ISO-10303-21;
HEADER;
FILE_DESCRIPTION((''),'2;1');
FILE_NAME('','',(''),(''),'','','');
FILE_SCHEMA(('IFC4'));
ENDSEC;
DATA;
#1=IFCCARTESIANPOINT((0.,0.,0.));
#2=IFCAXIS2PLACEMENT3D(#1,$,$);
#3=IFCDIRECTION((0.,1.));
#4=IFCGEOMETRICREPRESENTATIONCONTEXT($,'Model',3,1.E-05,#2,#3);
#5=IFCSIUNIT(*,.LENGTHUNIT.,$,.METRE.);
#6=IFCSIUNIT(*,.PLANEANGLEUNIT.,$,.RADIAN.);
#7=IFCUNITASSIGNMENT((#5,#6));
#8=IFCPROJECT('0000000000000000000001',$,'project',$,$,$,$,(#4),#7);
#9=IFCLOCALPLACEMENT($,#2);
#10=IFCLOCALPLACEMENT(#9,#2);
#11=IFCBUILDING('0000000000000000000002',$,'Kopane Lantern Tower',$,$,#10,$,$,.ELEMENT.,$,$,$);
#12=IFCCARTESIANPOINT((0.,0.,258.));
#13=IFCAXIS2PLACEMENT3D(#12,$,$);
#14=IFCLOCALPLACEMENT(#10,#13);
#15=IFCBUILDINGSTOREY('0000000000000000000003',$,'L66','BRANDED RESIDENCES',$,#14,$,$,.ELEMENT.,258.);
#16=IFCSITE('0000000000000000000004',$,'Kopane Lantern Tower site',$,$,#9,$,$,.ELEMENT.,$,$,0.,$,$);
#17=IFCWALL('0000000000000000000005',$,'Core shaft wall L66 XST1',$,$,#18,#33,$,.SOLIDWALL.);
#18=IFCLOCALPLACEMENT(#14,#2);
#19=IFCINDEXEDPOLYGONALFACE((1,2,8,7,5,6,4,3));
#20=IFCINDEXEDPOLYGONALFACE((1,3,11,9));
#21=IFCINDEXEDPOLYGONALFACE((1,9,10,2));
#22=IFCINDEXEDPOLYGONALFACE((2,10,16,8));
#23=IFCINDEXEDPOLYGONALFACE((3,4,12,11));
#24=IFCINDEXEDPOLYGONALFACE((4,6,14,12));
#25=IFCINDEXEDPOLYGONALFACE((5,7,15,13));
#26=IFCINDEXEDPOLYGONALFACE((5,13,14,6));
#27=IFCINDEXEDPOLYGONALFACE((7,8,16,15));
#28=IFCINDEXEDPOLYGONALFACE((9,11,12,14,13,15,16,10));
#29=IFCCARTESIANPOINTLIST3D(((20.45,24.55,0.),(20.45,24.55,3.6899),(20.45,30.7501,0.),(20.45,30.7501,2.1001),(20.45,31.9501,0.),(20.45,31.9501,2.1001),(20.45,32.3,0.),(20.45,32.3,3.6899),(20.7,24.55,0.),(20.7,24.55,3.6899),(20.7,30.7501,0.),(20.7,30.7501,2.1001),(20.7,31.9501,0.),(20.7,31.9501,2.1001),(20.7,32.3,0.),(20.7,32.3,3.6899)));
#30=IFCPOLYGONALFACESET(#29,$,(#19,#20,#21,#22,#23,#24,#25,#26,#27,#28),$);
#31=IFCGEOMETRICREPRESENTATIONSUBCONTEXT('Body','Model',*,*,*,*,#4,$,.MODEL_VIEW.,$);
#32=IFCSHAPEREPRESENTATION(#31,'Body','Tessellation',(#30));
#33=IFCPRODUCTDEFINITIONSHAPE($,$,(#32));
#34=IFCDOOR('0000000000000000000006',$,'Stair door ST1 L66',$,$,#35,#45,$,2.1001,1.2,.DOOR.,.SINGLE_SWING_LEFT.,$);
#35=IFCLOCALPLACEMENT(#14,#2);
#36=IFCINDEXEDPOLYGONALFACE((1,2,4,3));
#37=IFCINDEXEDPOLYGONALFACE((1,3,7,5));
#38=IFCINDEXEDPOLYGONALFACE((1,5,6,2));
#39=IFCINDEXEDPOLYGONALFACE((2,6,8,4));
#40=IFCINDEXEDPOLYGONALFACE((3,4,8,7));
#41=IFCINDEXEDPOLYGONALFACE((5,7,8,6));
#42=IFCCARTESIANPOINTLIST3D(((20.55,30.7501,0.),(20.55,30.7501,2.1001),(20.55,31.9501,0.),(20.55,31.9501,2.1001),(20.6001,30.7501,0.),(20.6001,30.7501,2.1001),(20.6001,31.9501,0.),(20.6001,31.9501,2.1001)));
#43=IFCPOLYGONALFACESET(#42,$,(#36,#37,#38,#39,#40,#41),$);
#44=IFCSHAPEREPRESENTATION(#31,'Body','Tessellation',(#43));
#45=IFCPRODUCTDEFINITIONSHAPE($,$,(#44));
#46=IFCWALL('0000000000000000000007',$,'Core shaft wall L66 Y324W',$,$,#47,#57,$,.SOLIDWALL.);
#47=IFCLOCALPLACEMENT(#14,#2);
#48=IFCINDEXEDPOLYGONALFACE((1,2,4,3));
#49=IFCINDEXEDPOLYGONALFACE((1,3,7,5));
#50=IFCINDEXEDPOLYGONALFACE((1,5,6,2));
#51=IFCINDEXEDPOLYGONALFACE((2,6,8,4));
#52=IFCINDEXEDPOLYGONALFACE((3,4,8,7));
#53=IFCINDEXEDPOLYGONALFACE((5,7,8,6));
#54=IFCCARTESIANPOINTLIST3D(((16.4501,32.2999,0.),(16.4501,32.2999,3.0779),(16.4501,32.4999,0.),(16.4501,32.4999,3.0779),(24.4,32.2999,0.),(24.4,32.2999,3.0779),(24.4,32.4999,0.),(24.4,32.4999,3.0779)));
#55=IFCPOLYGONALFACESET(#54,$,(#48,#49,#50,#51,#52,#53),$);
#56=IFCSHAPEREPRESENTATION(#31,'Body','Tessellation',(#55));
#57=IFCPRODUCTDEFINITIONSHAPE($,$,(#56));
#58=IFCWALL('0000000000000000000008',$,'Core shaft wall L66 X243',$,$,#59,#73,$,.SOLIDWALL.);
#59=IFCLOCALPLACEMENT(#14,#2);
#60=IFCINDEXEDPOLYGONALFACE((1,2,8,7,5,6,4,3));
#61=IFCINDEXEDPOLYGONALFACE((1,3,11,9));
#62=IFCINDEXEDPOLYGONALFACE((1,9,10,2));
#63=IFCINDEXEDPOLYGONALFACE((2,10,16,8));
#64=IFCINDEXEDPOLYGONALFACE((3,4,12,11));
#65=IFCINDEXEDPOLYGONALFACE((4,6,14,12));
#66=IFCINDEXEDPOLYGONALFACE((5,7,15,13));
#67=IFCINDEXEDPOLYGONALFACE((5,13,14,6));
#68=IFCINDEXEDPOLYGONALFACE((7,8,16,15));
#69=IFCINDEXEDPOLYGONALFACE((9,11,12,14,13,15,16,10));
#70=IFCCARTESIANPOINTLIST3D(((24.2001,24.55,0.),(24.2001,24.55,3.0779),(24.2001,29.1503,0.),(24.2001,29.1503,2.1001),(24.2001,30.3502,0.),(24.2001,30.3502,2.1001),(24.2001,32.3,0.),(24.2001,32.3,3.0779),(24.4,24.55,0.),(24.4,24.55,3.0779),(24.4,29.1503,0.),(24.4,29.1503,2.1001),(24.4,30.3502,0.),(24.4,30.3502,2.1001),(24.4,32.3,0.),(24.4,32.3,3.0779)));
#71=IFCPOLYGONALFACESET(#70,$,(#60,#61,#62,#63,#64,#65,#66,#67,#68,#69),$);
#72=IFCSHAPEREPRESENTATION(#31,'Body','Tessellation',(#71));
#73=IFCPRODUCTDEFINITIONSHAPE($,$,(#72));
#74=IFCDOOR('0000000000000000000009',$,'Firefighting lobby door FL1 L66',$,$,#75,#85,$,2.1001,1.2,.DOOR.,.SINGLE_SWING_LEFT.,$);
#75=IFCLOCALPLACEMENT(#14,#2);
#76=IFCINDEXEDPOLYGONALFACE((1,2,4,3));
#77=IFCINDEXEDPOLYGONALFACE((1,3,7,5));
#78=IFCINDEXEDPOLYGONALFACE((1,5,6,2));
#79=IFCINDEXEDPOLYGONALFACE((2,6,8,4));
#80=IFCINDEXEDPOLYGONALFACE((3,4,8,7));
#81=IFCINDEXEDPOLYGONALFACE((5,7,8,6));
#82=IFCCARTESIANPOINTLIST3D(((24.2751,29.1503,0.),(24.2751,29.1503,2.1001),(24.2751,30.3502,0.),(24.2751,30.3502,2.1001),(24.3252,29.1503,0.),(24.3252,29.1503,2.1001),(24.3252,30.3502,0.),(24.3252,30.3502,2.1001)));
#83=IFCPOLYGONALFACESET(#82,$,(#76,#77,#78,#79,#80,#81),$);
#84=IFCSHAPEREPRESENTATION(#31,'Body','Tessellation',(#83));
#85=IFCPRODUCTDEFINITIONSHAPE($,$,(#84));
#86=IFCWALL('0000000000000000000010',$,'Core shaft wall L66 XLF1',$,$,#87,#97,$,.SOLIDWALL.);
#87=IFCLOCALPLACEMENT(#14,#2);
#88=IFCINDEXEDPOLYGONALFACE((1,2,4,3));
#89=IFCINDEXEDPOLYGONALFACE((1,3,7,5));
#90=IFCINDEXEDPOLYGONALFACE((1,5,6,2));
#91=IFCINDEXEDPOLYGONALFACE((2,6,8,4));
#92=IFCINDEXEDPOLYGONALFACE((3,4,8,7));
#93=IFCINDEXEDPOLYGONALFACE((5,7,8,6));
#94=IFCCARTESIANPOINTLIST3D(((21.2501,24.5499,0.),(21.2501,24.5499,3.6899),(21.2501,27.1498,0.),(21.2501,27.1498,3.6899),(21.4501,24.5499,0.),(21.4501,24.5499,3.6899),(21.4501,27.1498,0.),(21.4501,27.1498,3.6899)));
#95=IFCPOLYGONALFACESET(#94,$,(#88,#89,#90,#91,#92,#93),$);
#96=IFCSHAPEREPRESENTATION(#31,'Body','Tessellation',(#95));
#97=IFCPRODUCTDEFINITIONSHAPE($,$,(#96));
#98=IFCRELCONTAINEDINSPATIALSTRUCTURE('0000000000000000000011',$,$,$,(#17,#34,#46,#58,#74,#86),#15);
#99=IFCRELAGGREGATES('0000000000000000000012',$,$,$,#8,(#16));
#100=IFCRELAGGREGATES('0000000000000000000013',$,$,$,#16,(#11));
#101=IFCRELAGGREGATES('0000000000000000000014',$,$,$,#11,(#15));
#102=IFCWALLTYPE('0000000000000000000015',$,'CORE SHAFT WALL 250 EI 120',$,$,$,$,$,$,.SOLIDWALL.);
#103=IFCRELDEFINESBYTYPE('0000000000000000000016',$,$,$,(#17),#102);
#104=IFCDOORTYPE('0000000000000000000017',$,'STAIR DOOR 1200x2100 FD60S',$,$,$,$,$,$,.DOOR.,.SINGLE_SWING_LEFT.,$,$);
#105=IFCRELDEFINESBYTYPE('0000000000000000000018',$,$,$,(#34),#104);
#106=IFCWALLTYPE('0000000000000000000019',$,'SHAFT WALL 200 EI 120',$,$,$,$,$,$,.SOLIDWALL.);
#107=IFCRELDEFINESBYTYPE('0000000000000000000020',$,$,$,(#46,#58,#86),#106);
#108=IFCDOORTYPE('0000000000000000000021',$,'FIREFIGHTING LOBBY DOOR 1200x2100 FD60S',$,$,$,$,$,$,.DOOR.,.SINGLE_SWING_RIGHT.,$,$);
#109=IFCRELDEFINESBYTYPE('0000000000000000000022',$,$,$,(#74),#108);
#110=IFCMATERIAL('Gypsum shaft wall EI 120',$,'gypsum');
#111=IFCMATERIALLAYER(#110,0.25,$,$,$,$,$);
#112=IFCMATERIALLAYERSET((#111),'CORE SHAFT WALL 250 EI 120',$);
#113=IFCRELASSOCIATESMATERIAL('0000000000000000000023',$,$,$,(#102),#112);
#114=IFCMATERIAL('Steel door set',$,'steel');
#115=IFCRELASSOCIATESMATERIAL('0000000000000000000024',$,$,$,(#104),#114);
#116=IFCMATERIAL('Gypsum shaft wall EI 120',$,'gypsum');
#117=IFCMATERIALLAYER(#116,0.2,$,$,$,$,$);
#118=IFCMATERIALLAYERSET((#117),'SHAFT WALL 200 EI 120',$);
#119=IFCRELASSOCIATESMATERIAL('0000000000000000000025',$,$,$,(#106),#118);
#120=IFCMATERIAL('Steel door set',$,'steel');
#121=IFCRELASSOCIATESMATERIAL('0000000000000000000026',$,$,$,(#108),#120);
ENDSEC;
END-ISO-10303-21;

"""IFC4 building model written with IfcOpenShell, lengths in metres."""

from ifc_helpers import new_model, si_unit, direction, frame, frame_2d, origin, place, context, subcontext, project, spatial, rectangle, extrude, material, layer, layer_set, type_object, element, fill, save


model = new_model("IFC4")

# Units and contexts
model_context = context("Model", 3, precision=1e-05, world=origin(), true_north=direction((0.0, 1.0)))
body_context = subcontext(model_context, "Body", "Model", "MODEL_VIEW")
ifc_project = project(units=[si_unit("LENGTHUNIT", "METRE"), si_unit("PLANEANGLEUNIT", "RADIAN")], contexts=[model_context])

# Site, building, storey
site_placement = place(None, origin())
site = spatial("IfcSite", under=ifc_project, at=site_placement, Name="Kopane Lantern Tower site", CompositionType="ELEMENT", RefElevation=0.0)
building_placement = place(site_placement, origin())
building = spatial("IfcBuilding", under=site, at=building_placement, Name="Kopane Lantern Tower", CompositionType="ELEMENT")
storey_placement = place(building_placement, frame((0.0, 0.0, 258.0)))
storey = spatial("IfcBuildingStorey", under=building, at=storey_placement, Name="L66", Description="BRANDED RESIDENCES", CompositionType="ELEMENT", Elevation=258.0)

# Wall, opening, door
ifc_material_1 = material(Name="Gypsum shaft wall EI 120", Category="gypsum")
ifc_layer_1 = layer(ifc_material_1, 0.25)
ifc_layer_set_1 = layer_set([ifc_layer_1], Name="CORE SHAFT WALL 250 EI 120")
wall_type_1 = type_object("IfcWallType", Name="CORE SHAFT WALL 250 EI 120", PredefinedType="SOLIDWALL", material=ifc_layer_set_1)
wall_1_placement = place(storey_placement, frame((20.575, 24.55, 0.0), z_axis=(0.0, 0.0, 1.0), x_axis=(0.0, 1.0, 0.0)))
wall_1 = element("IfcWall", 1, at=wall_1_placement, inside=storey, type_object=wall_type_1, Name="Core shaft wall L66 XST1", PredefinedType="SOLIDWALL", context=body_context, shape_type="SweptSolid", body=[
    extrude(rectangle(XDim=7.75, YDim=0.25, at=frame_2d((3.875, 0.0))), origin(), (0.0, 0.0, 1.0), 3.6899),
])
opening_1_placement = place(wall_1_placement, frame((6.2, 0.0, 0.0)))
opening_1 = element("IfcOpeningElement", 2, at=opening_1_placement, cuts=wall_1, PredefinedType="OPENING", context=body_context, shape_type="SweptSolid", body=[
    extrude(rectangle(XDim=1.2, YDim=2.1001, at=frame_2d((0.6001, 1.05))), frame((0.0, 0.135, 0.0), z_axis=(0.0, -1.0, 0.0), x_axis=(1.0, 0.0, 0.0)), (0.0, 0.0, 1.0), 0.27),
])
ifc_material_2 = material(Name="Steel door set", Category="steel")
door_type_1 = type_object("IfcDoorType", Name="STAIR DOOR 1200x2100 FD60S", OperationType="SINGLE_SWING_LEFT", PredefinedType="DOOR", material=ifc_material_2)
door_1_placement = place(opening_1_placement, origin())
door_1 = element("IfcDoor", 3, at=door_1_placement, inside=storey, type_object=door_type_1, Name="Stair door ST1 L66", OperationType="SINGLE_SWING_LEFT", OverallHeight=2.1001, OverallWidth=1.2, PredefinedType="DOOR", context=body_context, shape_type="SweptSolid", body=[
    extrude(rectangle(XDim=1.2, YDim=2.1001, at=frame_2d((0.6001, 1.05))), frame((0.0, 0.0249, 0.0), z_axis=(0.0, -1.0, 0.0), x_axis=(1.0, 0.0, 0.0)), (0.0, 0.0, 1.0), 0.05),
])
fill(opening_1, door_1)

# Wall
ifc_material_3 = material(Name="Gypsum shaft wall EI 120", Category="gypsum")
ifc_layer_2 = layer(ifc_material_3, 0.2)
ifc_layer_set_2 = layer_set([ifc_layer_2], Name="SHAFT WALL 200 EI 120")
wall_type_2 = type_object("IfcWallType", Name="SHAFT WALL 200 EI 120", PredefinedType="SOLIDWALL", material=ifc_layer_set_2)
wall_2_placement = place(storey_placement, frame((16.45, 32.3999, 0.0), z_axis=(0.0, 0.0, 1.0), x_axis=(1.0, 0.0, 0.0)))
element("IfcWall", 4, at=wall_2_placement, inside=storey, type_object=wall_type_2, Name="Core shaft wall L66 Y324W", PredefinedType="SOLIDWALL", context=body_context, shape_type="SweptSolid", body=[
    extrude(rectangle(XDim=7.95, YDim=0.2, at=frame_2d((3.9751, 0.0))), origin(), (0.0, 0.0, 1.0), 3.0779),
])

# Wall, opening, door
wall_3_placement = place(storey_placement, frame((24.3, 24.55, 0.0), z_axis=(0.0, 0.0, 1.0), x_axis=(0.0, 1.0, 0.0)))
wall_3 = element("IfcWall", 5, at=wall_3_placement, inside=storey, type_object=wall_type_2, Name="Core shaft wall L66 X243", PredefinedType="SOLIDWALL", context=body_context, shape_type="SweptSolid", body=[
    extrude(rectangle(XDim=7.75, YDim=0.2, at=frame_2d((3.875, 0.0))), origin(), (0.0, 0.0, 1.0), 3.0779),
])
opening_2_placement = place(wall_3_placement, frame((4.6001, 0.0, 0.0)))
opening_2 = element("IfcOpeningElement", 6, at=opening_2_placement, cuts=wall_3, PredefinedType="OPENING", context=body_context, shape_type="SweptSolid", body=[
    extrude(rectangle(XDim=1.2, YDim=2.1001, at=frame_2d((0.6001, 1.05))), frame((0.0, 0.1099, 0.0), z_axis=(0.0, -1.0, 0.0), x_axis=(1.0, 0.0, 0.0)), (0.0, 0.0, 1.0), 0.22),
])
ifc_material_4 = material(Name="Steel door set", Category="steel")
door_type_2 = type_object("IfcDoorType", Name="FIREFIGHTING LOBBY DOOR 1200x2100 FD60S", OperationType="SINGLE_SWING_RIGHT", PredefinedType="DOOR", material=ifc_material_4)
door_2_placement = place(opening_2_placement, origin())
door_2 = element("IfcDoor", 7, at=door_2_placement, inside=storey, type_object=door_type_2, Name="Firefighting lobby door FL1 L66", OperationType="SINGLE_SWING_LEFT", OverallHeight=2.1001, OverallWidth=1.2, PredefinedType="DOOR", context=body_context, shape_type="SweptSolid", body=[
    extrude(rectangle(XDim=1.2, YDim=2.1001, at=frame_2d((0.6001, 1.05))), frame((0.0, 0.0249, 0.0), z_axis=(0.0, -1.0, 0.0), x_axis=(1.0, 0.0, 0.0)), (0.0, 0.0, 1.0), 0.05),
])
fill(opening_2, door_2)

# Wall
wall_4_placement = place(storey_placement, frame((21.3501, 24.55, 0.0), z_axis=(0.0, 0.0, 1.0), x_axis=(0.0, 1.0, 0.0)))
element("IfcWall", 8, at=wall_4_placement, inside=storey, type_object=wall_type_2, Name="Core shaft wall L66 XLF1", PredefinedType="SOLIDWALL", context=body_context, shape_type="SweptSolid", body=[
    extrude(rectangle(XDim=2.5999, YDim=0.2, at=frame_2d((1.2998, 0.0))), origin(), (0.0, 0.0, 1.0), 3.6899),
])

save(model, "model.ifc")
